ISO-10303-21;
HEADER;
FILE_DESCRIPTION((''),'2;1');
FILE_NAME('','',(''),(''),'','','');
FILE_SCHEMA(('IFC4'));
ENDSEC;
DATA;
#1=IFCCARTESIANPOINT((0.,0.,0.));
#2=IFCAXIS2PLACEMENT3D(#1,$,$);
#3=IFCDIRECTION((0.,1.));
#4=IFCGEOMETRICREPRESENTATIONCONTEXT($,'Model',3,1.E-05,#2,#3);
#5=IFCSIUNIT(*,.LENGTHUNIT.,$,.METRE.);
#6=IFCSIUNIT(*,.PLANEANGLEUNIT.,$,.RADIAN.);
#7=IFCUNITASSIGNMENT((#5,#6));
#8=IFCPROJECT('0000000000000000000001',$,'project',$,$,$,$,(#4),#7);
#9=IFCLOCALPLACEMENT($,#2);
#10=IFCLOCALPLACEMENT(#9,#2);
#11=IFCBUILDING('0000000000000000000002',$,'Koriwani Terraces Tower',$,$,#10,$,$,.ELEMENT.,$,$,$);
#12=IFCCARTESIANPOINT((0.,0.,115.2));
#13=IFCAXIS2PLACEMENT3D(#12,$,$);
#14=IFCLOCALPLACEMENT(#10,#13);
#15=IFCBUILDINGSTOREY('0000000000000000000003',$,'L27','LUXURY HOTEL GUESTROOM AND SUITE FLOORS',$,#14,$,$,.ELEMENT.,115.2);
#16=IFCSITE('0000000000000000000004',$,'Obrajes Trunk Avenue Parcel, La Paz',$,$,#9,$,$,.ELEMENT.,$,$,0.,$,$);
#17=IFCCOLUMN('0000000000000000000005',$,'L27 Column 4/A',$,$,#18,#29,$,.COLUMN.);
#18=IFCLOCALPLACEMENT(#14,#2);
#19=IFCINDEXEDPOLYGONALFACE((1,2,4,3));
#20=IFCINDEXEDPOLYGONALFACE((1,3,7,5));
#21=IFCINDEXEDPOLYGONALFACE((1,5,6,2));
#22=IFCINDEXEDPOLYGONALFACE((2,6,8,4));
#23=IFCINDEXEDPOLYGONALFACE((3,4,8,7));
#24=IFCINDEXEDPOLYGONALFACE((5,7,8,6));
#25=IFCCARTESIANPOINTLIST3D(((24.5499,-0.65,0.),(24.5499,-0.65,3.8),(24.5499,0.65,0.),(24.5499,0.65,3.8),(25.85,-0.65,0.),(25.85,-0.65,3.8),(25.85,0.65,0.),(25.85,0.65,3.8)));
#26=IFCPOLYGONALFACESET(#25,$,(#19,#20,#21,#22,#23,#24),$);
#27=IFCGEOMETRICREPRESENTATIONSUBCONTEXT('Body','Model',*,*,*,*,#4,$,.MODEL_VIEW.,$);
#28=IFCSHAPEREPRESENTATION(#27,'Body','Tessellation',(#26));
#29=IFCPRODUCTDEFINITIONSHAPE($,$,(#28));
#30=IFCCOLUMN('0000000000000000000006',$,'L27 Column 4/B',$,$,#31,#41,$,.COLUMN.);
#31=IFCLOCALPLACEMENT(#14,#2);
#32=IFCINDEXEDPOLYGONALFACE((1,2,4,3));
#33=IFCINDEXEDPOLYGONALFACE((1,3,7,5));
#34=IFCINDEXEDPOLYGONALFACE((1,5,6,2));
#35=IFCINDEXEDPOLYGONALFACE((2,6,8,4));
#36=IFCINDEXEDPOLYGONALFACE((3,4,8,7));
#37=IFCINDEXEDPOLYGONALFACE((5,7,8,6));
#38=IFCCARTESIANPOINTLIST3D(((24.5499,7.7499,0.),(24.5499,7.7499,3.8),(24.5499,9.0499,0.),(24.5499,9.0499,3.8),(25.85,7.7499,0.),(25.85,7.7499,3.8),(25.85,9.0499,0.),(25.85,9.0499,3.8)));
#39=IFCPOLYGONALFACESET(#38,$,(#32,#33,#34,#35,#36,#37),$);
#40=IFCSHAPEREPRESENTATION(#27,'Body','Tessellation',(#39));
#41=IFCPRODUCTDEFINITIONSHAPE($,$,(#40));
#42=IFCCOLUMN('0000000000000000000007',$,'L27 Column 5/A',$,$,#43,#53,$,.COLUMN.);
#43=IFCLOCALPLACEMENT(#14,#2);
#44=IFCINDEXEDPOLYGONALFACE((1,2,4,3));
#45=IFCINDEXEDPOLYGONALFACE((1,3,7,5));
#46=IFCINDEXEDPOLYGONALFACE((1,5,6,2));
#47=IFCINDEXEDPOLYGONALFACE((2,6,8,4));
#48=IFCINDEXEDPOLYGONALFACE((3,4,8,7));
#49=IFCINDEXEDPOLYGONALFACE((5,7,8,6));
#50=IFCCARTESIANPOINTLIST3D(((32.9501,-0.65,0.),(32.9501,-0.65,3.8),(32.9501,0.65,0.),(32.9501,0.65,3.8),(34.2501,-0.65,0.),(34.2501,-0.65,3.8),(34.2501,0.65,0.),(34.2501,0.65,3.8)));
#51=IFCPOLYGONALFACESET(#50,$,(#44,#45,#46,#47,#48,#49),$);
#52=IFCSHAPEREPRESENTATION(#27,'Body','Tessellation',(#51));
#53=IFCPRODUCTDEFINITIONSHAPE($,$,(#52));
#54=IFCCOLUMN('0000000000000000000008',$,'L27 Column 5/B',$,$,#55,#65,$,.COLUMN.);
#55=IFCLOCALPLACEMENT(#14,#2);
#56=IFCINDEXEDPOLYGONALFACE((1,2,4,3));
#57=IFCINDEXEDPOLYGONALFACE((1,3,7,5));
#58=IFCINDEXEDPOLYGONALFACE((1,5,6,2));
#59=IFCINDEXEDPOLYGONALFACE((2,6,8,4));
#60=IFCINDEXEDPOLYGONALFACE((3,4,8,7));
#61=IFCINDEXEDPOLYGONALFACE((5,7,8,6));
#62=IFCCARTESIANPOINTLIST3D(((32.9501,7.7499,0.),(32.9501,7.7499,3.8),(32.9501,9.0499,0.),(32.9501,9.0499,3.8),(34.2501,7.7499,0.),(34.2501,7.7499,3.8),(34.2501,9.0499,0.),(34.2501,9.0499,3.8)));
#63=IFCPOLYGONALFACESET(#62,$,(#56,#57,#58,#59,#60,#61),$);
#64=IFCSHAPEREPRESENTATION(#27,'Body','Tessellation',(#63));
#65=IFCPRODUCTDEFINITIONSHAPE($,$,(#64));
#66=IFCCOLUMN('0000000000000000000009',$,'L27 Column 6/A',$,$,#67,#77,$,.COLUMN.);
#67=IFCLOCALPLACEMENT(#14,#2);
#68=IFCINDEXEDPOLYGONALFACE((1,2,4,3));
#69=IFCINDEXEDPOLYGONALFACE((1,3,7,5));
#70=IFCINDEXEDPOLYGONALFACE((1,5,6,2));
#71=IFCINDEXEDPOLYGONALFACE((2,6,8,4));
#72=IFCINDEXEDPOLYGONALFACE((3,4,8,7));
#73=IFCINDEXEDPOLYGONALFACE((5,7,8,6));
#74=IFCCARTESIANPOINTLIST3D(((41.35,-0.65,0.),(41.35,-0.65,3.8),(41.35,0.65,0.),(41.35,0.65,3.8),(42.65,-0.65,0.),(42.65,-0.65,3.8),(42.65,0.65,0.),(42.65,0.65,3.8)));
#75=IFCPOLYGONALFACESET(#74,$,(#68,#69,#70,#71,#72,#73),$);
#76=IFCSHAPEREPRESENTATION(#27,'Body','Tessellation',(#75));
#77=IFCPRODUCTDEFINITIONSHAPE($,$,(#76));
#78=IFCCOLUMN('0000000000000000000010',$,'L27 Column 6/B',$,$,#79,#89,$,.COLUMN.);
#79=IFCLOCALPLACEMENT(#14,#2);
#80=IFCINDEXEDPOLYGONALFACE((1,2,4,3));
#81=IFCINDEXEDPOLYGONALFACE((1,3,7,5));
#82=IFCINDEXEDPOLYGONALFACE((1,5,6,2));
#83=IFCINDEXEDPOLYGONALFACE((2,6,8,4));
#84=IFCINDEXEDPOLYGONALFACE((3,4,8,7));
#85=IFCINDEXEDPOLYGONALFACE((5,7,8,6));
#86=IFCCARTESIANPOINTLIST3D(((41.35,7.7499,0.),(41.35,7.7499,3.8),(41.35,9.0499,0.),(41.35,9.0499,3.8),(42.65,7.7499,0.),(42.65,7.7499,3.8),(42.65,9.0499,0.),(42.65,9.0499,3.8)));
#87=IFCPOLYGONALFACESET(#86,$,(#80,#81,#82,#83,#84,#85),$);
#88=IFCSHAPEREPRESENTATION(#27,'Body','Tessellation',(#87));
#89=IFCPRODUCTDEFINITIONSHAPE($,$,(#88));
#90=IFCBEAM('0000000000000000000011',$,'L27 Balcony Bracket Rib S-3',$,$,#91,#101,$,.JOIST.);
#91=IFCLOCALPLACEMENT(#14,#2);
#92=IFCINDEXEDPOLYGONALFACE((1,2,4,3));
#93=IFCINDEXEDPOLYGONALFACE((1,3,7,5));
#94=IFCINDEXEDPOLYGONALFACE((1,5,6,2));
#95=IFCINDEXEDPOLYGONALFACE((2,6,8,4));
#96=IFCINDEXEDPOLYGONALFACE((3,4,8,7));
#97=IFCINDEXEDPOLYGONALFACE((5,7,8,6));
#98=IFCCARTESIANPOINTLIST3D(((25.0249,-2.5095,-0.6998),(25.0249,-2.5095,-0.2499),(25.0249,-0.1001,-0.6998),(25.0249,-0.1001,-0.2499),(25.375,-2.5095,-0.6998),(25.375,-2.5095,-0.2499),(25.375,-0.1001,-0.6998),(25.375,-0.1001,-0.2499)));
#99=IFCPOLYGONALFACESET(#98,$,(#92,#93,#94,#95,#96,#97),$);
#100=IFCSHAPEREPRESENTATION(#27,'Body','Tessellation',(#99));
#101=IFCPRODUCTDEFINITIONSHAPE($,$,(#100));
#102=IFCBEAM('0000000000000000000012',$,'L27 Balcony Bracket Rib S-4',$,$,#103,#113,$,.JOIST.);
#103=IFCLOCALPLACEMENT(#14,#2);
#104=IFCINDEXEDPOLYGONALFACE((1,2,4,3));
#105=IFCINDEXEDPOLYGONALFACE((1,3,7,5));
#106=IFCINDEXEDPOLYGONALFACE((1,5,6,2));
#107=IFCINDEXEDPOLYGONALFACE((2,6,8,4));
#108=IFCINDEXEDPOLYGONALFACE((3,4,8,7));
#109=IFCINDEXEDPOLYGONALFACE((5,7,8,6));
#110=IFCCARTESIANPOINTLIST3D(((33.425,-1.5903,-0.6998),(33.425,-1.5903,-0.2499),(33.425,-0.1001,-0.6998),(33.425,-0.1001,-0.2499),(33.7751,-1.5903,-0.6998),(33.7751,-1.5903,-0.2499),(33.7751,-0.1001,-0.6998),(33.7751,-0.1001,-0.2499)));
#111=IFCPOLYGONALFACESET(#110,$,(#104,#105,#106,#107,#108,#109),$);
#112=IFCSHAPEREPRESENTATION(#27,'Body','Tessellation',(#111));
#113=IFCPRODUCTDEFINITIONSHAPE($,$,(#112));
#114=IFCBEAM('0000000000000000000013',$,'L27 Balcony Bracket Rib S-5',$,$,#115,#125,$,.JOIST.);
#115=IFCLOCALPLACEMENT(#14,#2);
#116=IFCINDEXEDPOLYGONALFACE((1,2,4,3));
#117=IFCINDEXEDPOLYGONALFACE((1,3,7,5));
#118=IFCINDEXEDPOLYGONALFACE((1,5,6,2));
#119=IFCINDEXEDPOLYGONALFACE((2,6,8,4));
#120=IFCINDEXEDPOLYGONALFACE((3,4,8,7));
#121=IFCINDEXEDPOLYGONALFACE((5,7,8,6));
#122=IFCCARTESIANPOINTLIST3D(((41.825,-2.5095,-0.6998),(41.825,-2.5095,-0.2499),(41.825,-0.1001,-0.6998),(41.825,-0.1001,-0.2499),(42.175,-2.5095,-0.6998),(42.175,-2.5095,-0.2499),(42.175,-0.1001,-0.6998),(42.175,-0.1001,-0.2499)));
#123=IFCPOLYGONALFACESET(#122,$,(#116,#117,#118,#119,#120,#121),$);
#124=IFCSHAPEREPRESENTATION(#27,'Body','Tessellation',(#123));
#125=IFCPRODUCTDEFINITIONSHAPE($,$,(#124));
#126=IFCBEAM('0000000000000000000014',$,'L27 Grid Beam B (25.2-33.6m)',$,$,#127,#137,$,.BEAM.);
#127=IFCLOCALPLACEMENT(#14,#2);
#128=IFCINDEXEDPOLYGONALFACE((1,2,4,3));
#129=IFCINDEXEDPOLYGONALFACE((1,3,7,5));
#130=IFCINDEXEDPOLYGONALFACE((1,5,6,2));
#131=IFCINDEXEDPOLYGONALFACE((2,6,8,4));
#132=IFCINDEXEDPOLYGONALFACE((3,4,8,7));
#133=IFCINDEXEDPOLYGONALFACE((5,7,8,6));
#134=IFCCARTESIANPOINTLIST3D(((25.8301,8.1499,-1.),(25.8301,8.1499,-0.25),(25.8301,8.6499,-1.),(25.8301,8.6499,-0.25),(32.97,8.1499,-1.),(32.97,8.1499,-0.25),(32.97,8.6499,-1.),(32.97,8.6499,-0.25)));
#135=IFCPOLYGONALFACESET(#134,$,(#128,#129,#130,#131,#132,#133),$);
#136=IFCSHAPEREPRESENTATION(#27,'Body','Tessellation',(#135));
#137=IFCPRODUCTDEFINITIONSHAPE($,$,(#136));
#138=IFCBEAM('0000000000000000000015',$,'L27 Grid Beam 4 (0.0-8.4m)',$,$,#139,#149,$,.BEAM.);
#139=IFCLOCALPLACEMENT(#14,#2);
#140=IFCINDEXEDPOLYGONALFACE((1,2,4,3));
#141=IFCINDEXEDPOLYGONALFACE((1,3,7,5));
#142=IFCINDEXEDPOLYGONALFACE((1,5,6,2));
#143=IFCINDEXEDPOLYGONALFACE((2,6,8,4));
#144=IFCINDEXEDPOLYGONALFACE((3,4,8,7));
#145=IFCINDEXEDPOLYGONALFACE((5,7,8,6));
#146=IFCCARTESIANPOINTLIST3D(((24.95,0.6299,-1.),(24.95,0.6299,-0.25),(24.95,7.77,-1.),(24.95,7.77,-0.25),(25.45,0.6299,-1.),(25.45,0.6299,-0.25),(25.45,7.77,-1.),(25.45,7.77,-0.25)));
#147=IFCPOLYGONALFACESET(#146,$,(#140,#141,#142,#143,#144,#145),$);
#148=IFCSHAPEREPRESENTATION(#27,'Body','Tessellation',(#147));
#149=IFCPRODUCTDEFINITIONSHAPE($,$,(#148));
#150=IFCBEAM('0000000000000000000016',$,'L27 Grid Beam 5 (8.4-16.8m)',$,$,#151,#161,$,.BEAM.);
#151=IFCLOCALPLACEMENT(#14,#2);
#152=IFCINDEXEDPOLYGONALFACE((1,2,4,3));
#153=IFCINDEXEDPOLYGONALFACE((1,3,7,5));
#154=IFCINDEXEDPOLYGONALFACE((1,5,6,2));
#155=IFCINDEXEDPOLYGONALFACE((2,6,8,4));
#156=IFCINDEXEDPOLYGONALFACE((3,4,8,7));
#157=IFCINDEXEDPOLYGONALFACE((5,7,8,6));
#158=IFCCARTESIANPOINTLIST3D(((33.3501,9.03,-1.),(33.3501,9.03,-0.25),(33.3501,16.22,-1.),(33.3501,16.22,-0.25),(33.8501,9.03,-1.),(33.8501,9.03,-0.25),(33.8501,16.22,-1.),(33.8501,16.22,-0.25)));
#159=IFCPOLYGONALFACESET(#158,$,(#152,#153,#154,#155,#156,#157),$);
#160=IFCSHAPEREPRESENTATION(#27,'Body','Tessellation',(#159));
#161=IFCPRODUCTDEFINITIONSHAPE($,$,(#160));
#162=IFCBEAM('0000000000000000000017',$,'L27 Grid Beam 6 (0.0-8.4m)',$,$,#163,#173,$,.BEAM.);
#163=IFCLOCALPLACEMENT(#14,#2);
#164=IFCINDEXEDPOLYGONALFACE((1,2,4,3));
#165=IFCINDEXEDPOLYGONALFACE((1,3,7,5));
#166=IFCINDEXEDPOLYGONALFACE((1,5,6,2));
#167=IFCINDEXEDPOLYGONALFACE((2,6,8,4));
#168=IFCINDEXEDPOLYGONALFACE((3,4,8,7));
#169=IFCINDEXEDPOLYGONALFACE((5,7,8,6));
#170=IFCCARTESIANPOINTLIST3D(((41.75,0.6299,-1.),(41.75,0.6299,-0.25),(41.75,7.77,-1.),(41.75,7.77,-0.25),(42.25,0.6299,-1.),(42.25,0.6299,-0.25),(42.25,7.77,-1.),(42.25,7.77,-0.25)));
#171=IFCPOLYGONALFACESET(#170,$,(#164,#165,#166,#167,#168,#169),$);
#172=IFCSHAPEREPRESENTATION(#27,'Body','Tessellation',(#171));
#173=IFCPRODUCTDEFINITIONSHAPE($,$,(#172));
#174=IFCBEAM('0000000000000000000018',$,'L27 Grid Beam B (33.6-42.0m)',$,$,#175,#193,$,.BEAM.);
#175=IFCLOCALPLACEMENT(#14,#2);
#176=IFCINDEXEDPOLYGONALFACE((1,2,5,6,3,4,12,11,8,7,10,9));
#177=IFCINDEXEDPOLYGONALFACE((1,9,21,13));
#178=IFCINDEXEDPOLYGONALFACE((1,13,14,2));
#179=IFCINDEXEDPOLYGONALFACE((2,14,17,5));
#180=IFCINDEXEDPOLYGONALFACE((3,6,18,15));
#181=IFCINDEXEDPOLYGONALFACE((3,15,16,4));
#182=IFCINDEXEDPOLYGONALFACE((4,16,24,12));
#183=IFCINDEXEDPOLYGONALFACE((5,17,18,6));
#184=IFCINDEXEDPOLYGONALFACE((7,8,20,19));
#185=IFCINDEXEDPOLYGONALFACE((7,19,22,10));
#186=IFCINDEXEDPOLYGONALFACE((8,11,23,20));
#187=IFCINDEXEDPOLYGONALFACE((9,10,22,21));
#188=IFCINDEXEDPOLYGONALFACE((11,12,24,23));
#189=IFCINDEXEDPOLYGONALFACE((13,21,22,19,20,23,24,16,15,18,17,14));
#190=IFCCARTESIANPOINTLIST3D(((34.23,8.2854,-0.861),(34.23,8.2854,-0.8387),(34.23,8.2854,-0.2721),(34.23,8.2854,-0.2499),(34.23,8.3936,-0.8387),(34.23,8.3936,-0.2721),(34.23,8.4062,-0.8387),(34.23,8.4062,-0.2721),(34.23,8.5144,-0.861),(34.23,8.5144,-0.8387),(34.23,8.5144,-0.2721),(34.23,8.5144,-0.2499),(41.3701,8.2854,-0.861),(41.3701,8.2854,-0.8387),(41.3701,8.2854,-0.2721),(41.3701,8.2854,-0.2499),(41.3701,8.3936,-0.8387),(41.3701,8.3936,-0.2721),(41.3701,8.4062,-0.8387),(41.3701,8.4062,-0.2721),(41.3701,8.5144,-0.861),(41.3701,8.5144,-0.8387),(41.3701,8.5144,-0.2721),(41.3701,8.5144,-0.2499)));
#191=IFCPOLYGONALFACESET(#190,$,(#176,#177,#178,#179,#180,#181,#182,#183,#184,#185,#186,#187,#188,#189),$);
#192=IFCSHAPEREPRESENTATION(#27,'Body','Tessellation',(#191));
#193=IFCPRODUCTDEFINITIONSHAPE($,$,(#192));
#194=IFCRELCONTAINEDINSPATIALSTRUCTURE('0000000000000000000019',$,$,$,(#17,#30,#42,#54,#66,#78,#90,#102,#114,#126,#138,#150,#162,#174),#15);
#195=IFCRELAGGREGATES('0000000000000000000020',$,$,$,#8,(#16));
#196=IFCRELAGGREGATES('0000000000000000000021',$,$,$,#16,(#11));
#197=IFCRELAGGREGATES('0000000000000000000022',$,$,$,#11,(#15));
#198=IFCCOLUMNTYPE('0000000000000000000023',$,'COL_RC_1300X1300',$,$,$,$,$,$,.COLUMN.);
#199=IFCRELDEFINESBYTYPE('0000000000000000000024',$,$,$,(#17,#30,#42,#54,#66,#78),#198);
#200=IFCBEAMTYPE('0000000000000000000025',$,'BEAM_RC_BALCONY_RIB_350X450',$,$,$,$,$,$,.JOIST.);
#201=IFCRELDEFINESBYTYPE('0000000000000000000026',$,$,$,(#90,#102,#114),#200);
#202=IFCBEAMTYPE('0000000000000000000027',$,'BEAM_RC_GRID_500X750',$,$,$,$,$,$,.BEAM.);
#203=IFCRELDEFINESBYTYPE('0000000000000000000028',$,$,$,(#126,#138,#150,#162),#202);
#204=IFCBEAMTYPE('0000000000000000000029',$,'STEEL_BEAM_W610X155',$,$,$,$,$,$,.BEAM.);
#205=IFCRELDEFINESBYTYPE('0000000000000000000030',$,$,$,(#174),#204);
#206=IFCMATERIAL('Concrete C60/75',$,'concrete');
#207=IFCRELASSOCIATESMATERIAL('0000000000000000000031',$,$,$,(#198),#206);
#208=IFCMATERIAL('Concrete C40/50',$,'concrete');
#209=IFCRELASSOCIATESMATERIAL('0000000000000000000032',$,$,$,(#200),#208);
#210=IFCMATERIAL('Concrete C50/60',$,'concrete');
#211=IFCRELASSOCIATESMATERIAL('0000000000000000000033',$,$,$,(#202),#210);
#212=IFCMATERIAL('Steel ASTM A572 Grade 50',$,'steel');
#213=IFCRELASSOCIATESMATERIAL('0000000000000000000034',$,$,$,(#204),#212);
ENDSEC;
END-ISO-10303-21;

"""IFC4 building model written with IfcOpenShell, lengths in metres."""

from ifc_helpers import new_model, si_unit, direction, frame, origin, origin_2d, place, context, subcontext, project, spatial, rectangle, i_section, extrude, material, material_profile, profile_set, type_object, element, save


model = new_model("IFC4")

# Units and contexts
model_context = context("Model", 3, precision=1e-05, world=origin(), true_north=direction((0.0, 1.0)))
body_context = subcontext(model_context, "Body", "Model", "MODEL_VIEW")
ifc_project = project(units=[si_unit("LENGTHUNIT", "METRE"), si_unit("PLANEANGLEUNIT", "RADIAN")], contexts=[model_context])

# Site, building, storey
site_placement = place(None, origin())
site = spatial("IfcSite", under=ifc_project, at=site_placement, Name="Obrajes Trunk Avenue Parcel, La Paz", CompositionType="ELEMENT", RefElevation=0.0)
building_placement = place(site_placement, origin())
building = spatial("IfcBuilding", under=site, at=building_placement, Name="Koriwani Terraces Tower", CompositionType="ELEMENT")
storey_placement = place(building_placement, frame((0.0, 0.0, 115.2)))
storey = spatial("IfcBuildingStorey", under=building, at=storey_placement, Name="L27", Description="LUXURY HOTEL GUESTROOM AND SUITE FLOORS", CompositionType="ELEMENT", Elevation=115.2)

# Columns
ifc_material_1 = material(Name="Concrete C60/75", Category="concrete")
ifc_material_profile_1 = material_profile(ifc_material_1, rectangle(XDim=1.3, YDim=1.3, at=origin_2d()), Name="Concrete C60/75", Category="LoadBearing")
ifc_profile_set_1 = profile_set([ifc_material_profile_1], Name="Concrete C60/75")
column_type = type_object("IfcColumnType", Name="COL_RC_1300X1300", PredefinedType="COLUMN", material=ifc_profile_set_1)
for number, where, z_axis, x_axis, name in (
    (1, (25.2, 0.0, 0.0), (0.0, 0.0, 1.0), (1.0, 0.0, 0.0), "L27 Column 4/A"),
    (2, (25.2, 8.3999, 0.0), (0.0, 0.0, 1.0), (1.0, 0.0, 0.0), "L27 Column 4/B"),
    (3, (33.6001, 0.0, 0.0), (0.0, 0.0, 1.0), (1.0, 0.0, 0.0), "L27 Column 5/A"),
    (4, (33.6001, 8.3999, 0.0), (0.0, 0.0, 1.0), (1.0, 0.0, 0.0), "L27 Column 5/B"),
    (5, (42.0, 0.0, 0.0), (0.0, 0.0, 1.0), (1.0, 0.0, 0.0), "L27 Column 6/A"),
    (6, (42.0, 8.3999, 0.0), (0.0, 0.0, 1.0), (1.0, 0.0, 0.0), "L27 Column 6/B"),
):
    element("IfcColumn", number, at=place(storey_placement, frame(where, z_axis=z_axis, x_axis=x_axis)), inside=storey, type_object=column_type, Name=name, PredefinedType="COLUMN", context=body_context, shape_type="SweptSolid", body=[
        extrude(rectangle(XDim=1.3, YDim=1.3, at=origin_2d()), origin(), (0.0, 0.0, 1.0), 3.8),
    ])

# Beams
ifc_material_2 = material(Name="Concrete C40/50", Category="concrete")
ifc_material_profile_2 = material_profile(ifc_material_2, rectangle(XDim=0.3501, YDim=0.45, at=origin_2d()), Name="Concrete C40/50", Category="LoadBearing")
ifc_profile_set_2 = profile_set([ifc_material_profile_2], Name="Concrete C40/50")
beam_type_1 = type_object("IfcBeamType", Name="BEAM_RC_BALCONY_RIB_350X450", PredefinedType="JOIST", material=ifc_profile_set_2)
beam_1_placement = place(storey_placement, frame((25.2, -2.5095, -0.4749), z_axis=(0.0, 1.0, 0.0), x_axis=(-1.0, 0.0, 0.0)))
element("IfcBeam", 7, at=beam_1_placement, inside=storey, type_object=beam_type_1, Name="L27 Balcony Bracket Rib S-3", PredefinedType="JOIST", context=body_context, shape_type="SweptSolid", body=[
    extrude(rectangle(XDim=0.3501, YDim=0.45, at=origin_2d()), origin(), (0.0, 0.0, 1.0), 2.4094),
])
beam_2_placement = place(storey_placement, frame((33.6001, -1.5903, -0.4749), z_axis=(0.0, 1.0, 0.0), x_axis=(-1.0, 0.0, 0.0)))
element("IfcBeam", 8, at=beam_2_placement, inside=storey, type_object=beam_type_1, Name="L27 Balcony Bracket Rib S-4", PredefinedType="JOIST", context=body_context, shape_type="SweptSolid", body=[
    extrude(rectangle(XDim=0.3501, YDim=0.45, at=origin_2d()), origin(), (0.0, 0.0, 1.0), 1.4902),
])
beam_3_placement = place(storey_placement, frame((42.0, -2.5095, -0.4749), z_axis=(0.0, 1.0, 0.0), x_axis=(-1.0, 0.0, 0.0)))
element("IfcBeam", 9, at=beam_3_placement, inside=storey, type_object=beam_type_1, Name="L27 Balcony Bracket Rib S-5", PredefinedType="JOIST", context=body_context, shape_type="SweptSolid", body=[
    extrude(rectangle(XDim=0.3501, YDim=0.45, at=origin_2d()), origin(), (0.0, 0.0, 1.0), 2.4094),
])
ifc_material_3 = material(Name="Concrete C50/60", Category="concrete")
ifc_material_profile_3 = material_profile(ifc_material_3, rectangle(XDim=0.5, YDim=0.75, at=origin_2d()), Name="Concrete C50/60", Category="LoadBearing")
ifc_profile_set_3 = profile_set([ifc_material_profile_3], Name="Concrete C50/60")
beam_type_2 = type_object("IfcBeamType", Name="BEAM_RC_GRID_500X750", PredefinedType="BEAM", material=ifc_profile_set_3)
beam_4_placement = place(storey_placement, frame((25.8301, 8.3999, -0.625), z_axis=(1.0, 0.0, 0.0), x_axis=(0.0, 1.0, 0.0)))
element("IfcBeam", 10, at=beam_4_placement, inside=storey, type_object=beam_type_2, Name="L27 Grid Beam B (25.2-33.6m)", PredefinedType="BEAM", context=body_context, shape_type="SweptSolid", body=[
    extrude(rectangle(XDim=0.5, YDim=0.75, at=origin_2d()), origin(), (0.0, 0.0, 1.0), 7.1399),
])
beam_5_placement = place(storey_placement, frame((25.2, 0.6299, -0.625), z_axis=(0.0, 1.0, 0.0), x_axis=(-1.0, 0.0, 0.0)))
element("IfcBeam", 11, at=beam_5_placement, inside=storey, type_object=beam_type_2, Name="L27 Grid Beam 4 (0.0-8.4m)", PredefinedType="BEAM", context=body_context, shape_type="SweptSolid", body=[
    extrude(rectangle(XDim=0.5, YDim=0.75, at=origin_2d()), origin(), (0.0, 0.0, 1.0), 7.1401),
])
beam_6_placement = place(storey_placement, frame((33.6001, 9.03, -0.625), z_axis=(0.0, 1.0, 0.0), x_axis=(-1.0, 0.0, 0.0)))
element("IfcBeam", 12, at=beam_6_placement, inside=storey, type_object=beam_type_2, Name="L27 Grid Beam 5 (8.4-16.8m)", PredefinedType="BEAM", context=body_context, shape_type="SweptSolid", body=[
    extrude(rectangle(XDim=0.5, YDim=0.75, at=origin_2d()), origin(), (0.0, 0.0, 1.0), 7.1899),
])
beam_7_placement = place(storey_placement, frame((42.0, 0.6299, -0.625), z_axis=(0.0, 1.0, 0.0), x_axis=(-1.0, 0.0, 0.0)))
element("IfcBeam", 13, at=beam_7_placement, inside=storey, type_object=beam_type_2, Name="L27 Grid Beam 6 (0.0-8.4m)", PredefinedType="BEAM", context=body_context, shape_type="SweptSolid", body=[
    extrude(rectangle(XDim=0.5, YDim=0.75, at=origin_2d()), origin(), (0.0, 0.0, 1.0), 7.1401),
])
ifc_material_4 = material(Name="Steel ASTM A572 Grade 50", Category="steel")
ifc_material_profile_4 = material_profile(ifc_material_4, i_section(OverallWidth=0.229, OverallDepth=0.6111, WebThickness=0.0127, FlangeThickness=0.0222, at=origin_2d()), Name="Steel ASTM A572 Grade 50", Category="LoadBearing")
ifc_profile_set_4 = profile_set([ifc_material_profile_4], Name="Steel ASTM A572 Grade 50")
beam_type_3 = type_object("IfcBeamType", Name="STEEL_BEAM_W610X155", PredefinedType="BEAM", material=ifc_profile_set_4)
beam_8_placement = place(storey_placement, frame((34.23, 8.3999, -0.5554), z_axis=(1.0, 0.0, 0.0), x_axis=(0.0, 1.0, 0.0)))
element("IfcBeam", 14, at=beam_8_placement, inside=storey, type_object=beam_type_3, Name="L27 Grid Beam B (33.6-42.0m)", PredefinedType="BEAM", context=body_context, shape_type="SweptSolid", body=[
    extrude(i_section(OverallWidth=0.229, OverallDepth=0.6111, WebThickness=0.0127, FlangeThickness=0.0222, at=origin_2d()), origin(), (0.0, 0.0, 1.0), 7.1401),
])

save(model, "model.ifc")
